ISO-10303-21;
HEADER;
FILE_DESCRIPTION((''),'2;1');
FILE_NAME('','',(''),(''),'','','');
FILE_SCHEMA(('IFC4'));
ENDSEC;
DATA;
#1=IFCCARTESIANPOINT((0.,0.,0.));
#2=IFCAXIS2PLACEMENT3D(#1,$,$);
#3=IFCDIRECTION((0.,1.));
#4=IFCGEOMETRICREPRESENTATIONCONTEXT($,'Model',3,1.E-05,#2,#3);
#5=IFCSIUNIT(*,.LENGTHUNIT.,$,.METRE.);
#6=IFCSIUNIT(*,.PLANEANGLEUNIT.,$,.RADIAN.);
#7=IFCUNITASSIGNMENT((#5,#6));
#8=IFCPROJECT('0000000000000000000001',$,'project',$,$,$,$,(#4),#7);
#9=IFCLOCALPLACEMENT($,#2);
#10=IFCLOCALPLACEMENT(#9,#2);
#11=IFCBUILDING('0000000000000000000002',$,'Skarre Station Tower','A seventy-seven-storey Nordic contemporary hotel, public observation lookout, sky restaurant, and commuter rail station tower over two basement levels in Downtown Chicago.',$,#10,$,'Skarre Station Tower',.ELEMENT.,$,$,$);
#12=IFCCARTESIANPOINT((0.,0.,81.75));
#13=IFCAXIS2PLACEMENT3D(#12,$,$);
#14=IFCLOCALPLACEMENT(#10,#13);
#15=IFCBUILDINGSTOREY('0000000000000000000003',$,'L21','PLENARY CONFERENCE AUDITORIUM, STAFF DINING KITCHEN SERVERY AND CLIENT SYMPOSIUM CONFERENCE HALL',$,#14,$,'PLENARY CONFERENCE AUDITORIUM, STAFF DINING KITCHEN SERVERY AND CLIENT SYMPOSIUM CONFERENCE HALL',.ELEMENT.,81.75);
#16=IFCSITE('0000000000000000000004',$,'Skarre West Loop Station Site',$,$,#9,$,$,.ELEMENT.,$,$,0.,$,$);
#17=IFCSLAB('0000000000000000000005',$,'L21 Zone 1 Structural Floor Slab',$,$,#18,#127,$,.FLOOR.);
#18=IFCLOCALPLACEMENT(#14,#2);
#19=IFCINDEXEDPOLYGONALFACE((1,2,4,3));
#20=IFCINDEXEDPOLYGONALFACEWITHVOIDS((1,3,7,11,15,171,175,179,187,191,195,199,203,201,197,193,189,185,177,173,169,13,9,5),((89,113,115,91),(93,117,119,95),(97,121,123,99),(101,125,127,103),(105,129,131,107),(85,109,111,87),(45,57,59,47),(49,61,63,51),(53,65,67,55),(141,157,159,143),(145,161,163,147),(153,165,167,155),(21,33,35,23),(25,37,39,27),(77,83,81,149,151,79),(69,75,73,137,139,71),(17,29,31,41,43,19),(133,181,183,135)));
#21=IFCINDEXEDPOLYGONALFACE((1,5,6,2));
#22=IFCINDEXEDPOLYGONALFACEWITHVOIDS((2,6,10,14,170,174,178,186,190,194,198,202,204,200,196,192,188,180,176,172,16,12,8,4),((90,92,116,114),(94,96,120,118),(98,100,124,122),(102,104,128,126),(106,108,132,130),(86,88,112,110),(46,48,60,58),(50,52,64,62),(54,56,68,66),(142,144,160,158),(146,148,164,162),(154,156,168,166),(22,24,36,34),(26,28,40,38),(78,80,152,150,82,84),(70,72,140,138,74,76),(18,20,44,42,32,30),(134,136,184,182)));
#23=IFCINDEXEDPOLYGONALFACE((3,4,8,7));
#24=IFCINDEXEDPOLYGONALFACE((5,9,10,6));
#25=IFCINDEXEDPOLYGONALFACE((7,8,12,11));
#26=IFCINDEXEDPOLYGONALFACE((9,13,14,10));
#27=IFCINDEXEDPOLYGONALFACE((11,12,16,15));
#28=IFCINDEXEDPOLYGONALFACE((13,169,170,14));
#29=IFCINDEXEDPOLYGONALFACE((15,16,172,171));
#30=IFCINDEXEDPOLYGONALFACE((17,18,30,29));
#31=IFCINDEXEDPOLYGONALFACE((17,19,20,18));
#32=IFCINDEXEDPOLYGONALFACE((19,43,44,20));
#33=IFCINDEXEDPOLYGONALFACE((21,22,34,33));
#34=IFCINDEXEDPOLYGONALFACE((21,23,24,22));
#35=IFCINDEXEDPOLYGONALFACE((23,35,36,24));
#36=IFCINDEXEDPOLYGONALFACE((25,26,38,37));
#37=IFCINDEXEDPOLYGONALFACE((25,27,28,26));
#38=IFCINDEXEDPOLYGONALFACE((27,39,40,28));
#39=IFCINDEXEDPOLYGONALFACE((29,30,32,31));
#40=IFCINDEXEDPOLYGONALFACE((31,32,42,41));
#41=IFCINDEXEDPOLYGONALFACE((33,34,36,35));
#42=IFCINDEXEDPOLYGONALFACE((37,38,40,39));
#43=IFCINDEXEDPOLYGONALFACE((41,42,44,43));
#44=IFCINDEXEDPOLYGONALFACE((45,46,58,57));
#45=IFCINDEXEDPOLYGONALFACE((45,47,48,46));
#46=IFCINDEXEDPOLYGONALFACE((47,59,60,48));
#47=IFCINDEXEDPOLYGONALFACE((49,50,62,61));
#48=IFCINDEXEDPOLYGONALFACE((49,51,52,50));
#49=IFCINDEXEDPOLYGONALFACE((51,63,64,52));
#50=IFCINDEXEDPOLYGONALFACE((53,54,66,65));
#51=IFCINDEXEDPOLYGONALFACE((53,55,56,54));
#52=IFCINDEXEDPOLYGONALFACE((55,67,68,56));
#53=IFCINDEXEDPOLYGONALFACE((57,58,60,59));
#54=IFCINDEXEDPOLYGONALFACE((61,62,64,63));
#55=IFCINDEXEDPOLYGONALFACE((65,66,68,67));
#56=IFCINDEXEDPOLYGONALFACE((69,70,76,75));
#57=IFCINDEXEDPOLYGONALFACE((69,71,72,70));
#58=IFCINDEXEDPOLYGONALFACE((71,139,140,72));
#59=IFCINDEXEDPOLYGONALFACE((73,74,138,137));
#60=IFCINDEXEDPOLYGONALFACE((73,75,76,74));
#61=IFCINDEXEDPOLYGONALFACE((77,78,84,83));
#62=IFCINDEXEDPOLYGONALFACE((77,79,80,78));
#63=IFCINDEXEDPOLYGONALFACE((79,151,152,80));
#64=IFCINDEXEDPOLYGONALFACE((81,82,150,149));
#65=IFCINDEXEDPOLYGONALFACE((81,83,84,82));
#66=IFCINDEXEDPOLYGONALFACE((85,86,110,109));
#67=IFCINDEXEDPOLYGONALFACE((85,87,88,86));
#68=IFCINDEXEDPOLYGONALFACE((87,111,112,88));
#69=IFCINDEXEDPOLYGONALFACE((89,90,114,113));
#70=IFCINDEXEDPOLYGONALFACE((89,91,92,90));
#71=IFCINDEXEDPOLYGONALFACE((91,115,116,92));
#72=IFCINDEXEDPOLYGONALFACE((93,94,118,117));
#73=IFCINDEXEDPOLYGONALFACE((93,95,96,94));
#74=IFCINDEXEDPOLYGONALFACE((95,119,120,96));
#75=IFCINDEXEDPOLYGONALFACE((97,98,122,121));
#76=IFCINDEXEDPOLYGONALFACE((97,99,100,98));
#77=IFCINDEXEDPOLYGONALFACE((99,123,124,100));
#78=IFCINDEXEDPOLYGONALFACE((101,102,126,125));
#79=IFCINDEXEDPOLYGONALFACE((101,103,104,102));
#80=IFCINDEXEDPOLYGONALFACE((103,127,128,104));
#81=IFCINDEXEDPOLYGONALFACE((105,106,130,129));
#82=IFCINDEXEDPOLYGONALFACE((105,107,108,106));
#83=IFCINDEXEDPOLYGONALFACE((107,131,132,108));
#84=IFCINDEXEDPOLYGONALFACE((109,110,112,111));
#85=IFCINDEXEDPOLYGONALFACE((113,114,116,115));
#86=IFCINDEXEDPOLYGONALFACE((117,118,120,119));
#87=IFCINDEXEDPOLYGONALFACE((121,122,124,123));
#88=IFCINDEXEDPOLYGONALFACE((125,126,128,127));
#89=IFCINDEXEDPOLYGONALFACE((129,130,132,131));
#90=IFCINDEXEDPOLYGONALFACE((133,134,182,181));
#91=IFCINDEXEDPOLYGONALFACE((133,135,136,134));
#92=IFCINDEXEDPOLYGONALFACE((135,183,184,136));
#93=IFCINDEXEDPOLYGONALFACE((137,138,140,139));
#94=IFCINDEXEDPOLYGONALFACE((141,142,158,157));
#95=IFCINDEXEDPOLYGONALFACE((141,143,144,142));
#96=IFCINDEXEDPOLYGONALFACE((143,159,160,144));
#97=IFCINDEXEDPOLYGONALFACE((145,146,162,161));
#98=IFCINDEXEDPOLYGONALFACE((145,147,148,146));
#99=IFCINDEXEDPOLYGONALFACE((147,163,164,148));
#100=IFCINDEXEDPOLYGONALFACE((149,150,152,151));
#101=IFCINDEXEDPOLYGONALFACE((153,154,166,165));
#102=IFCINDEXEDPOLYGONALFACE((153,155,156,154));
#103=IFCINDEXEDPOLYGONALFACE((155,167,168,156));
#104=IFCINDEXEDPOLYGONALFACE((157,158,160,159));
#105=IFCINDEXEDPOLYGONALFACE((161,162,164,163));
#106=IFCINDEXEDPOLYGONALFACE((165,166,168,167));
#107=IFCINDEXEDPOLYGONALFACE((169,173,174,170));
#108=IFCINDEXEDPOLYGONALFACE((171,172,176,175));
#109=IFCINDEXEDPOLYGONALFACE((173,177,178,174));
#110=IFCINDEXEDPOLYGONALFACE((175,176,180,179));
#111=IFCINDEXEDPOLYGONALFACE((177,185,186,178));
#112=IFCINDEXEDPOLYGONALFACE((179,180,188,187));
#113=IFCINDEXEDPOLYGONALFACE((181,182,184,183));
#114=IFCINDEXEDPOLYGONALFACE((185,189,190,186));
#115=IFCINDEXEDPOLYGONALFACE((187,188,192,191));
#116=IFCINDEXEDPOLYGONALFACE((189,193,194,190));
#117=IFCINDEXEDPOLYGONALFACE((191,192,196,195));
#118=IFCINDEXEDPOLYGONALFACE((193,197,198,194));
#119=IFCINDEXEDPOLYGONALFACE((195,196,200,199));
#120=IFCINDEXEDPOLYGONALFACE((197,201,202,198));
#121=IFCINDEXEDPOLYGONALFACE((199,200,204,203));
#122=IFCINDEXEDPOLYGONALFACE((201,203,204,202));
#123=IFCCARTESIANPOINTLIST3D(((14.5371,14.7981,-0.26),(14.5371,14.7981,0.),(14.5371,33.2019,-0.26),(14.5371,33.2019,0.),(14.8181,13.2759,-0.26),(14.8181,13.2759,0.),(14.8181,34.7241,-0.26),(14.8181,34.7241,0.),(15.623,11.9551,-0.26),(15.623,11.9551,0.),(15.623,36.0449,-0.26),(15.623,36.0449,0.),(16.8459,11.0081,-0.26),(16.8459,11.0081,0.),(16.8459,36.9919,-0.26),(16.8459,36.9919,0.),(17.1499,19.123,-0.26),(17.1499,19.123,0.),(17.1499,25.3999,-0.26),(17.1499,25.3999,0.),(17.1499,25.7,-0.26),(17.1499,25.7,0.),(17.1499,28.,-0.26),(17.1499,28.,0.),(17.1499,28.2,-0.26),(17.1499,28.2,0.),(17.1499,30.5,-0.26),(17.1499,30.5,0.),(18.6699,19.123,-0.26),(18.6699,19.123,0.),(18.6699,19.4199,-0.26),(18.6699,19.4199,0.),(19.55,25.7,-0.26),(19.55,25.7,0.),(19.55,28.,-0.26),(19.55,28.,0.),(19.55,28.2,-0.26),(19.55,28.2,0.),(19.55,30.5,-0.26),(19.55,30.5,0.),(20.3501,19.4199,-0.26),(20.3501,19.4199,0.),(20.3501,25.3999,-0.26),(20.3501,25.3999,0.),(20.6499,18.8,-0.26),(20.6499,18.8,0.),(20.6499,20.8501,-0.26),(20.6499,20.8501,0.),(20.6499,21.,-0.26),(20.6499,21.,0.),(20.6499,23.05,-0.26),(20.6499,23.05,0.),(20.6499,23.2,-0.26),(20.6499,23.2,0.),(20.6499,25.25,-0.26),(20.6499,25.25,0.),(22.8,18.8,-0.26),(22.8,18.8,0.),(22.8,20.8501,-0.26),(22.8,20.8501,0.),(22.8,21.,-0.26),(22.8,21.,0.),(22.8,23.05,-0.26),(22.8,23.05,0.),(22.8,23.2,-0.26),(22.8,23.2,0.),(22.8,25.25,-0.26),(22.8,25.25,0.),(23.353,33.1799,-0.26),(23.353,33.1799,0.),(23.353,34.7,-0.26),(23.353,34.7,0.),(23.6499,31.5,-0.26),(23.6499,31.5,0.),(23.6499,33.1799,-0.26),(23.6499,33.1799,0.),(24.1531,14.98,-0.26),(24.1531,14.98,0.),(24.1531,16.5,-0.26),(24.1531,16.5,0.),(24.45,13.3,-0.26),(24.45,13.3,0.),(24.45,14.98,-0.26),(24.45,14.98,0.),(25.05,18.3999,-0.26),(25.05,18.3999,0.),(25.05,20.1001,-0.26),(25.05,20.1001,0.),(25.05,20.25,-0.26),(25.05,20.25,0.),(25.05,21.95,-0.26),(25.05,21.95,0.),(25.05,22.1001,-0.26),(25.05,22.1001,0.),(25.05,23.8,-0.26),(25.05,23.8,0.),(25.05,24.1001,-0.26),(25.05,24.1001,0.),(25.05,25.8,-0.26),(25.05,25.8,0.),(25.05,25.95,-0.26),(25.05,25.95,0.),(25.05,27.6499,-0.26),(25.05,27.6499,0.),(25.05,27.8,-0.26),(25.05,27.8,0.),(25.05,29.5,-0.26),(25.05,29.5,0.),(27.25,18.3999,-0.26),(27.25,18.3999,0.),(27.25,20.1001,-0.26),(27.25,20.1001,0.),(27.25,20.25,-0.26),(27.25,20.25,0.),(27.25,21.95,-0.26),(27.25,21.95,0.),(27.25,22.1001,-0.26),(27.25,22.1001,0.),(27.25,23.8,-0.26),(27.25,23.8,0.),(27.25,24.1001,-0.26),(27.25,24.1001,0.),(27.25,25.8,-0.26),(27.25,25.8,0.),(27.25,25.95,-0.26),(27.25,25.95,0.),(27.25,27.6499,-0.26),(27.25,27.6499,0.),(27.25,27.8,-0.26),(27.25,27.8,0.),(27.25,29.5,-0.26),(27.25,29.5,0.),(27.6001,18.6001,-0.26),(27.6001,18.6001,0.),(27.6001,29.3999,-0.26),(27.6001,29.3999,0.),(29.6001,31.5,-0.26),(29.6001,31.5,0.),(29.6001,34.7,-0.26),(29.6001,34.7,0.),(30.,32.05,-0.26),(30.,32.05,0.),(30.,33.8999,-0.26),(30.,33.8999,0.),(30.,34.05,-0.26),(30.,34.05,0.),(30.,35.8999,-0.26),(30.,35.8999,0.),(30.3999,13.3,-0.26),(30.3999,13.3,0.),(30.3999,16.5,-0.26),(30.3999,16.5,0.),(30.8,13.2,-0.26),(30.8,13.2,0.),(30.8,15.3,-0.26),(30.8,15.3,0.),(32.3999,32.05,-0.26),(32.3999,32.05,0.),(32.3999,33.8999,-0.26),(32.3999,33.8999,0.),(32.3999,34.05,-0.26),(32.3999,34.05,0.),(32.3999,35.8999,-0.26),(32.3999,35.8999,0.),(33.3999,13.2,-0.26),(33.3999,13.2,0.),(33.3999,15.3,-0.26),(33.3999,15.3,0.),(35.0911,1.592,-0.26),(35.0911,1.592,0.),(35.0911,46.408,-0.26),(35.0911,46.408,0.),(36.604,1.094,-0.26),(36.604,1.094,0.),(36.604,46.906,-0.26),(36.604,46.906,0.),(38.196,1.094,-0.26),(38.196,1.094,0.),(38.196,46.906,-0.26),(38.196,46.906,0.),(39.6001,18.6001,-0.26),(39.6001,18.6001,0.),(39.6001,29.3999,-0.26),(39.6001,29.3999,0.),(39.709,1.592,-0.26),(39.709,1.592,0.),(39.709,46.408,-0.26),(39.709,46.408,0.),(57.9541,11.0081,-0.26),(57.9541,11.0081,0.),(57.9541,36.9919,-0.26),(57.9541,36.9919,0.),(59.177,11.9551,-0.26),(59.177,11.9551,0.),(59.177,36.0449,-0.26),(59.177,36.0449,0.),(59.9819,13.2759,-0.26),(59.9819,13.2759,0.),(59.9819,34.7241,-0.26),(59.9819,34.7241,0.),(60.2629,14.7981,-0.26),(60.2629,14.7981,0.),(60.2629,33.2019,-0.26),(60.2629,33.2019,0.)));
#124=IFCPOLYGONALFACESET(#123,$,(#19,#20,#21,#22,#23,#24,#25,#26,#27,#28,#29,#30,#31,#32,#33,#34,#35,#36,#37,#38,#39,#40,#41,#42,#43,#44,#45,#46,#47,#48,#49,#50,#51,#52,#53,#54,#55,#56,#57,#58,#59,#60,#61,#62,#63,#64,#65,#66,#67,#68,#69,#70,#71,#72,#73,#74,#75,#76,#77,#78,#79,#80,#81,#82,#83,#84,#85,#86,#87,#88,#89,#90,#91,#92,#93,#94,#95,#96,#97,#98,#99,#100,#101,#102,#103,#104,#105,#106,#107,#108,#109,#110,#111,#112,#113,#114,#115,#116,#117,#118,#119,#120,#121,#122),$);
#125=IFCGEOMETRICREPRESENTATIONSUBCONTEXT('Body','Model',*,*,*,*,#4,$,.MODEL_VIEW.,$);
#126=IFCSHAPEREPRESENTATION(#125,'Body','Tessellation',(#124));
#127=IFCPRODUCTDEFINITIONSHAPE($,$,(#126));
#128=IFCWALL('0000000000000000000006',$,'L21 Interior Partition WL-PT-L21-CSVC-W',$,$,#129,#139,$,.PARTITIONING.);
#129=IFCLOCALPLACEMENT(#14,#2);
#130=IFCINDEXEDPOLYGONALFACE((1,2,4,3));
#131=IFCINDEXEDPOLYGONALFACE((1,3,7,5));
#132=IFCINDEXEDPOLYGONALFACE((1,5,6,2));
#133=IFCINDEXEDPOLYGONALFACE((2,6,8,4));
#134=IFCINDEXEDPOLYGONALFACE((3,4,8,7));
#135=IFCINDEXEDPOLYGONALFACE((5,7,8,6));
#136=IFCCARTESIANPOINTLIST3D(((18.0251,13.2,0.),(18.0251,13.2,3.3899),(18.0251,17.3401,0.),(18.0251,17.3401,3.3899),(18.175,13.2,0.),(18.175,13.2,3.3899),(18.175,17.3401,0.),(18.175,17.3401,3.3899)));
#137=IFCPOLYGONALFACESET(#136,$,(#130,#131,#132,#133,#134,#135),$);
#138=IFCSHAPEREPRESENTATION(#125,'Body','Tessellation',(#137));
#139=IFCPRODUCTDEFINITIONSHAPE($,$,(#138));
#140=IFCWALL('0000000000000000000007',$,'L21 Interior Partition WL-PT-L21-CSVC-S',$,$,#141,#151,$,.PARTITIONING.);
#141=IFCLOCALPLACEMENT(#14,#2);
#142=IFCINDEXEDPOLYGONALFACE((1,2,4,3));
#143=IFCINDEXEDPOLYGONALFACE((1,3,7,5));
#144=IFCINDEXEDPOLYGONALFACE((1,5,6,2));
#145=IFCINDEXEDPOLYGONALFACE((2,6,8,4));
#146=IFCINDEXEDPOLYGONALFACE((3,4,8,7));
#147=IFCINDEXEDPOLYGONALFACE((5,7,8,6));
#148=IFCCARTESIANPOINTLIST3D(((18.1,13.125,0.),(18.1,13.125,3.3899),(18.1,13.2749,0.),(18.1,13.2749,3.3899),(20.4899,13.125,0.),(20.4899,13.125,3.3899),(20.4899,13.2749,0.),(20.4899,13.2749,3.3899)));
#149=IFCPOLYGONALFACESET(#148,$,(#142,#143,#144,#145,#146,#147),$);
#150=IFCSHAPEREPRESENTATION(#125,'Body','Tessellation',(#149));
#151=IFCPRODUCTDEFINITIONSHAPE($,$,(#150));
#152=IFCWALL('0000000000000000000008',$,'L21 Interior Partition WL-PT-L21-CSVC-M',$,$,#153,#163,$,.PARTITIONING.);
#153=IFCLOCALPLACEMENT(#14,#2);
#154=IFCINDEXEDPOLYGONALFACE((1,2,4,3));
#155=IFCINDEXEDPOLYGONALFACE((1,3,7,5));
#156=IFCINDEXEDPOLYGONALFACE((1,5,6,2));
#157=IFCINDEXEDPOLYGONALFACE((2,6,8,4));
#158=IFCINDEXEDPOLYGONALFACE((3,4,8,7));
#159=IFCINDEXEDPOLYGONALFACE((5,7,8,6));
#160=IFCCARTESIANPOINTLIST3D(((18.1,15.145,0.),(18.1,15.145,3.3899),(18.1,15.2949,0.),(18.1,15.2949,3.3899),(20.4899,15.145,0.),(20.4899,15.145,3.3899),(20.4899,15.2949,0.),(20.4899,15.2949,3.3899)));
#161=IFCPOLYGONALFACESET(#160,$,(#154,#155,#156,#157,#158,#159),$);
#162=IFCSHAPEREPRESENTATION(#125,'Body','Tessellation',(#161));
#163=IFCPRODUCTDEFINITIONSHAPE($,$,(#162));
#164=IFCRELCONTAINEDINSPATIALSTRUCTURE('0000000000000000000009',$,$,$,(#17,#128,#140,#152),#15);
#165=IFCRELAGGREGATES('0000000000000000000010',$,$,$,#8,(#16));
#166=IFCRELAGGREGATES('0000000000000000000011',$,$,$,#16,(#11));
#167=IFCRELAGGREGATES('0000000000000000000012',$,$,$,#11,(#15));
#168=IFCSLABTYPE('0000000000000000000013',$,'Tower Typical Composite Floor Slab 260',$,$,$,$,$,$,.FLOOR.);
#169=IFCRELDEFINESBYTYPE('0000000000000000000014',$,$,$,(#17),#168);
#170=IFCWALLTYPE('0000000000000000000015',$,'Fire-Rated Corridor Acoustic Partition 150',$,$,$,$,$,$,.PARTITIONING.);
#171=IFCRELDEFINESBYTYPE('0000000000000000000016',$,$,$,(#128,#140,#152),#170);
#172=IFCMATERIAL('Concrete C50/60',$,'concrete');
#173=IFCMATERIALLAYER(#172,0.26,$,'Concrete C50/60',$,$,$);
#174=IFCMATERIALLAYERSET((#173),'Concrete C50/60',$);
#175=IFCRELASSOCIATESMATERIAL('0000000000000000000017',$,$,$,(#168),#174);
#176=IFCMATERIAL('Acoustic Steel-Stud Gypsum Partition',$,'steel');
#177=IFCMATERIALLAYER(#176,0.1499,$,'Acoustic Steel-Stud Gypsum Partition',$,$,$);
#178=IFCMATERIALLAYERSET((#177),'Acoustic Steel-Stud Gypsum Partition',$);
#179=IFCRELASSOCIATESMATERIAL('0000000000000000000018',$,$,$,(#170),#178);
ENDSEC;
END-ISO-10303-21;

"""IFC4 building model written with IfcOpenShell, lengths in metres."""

from ifc_helpers import new_model, si_unit, direction, frame, frame_2d, origin, place, context, subcontext, project, spatial, polyline, rectangle, outline, extrude, material, layer, layer_set, type_object, element, save


model = new_model("IFC4")

# Units and contexts
model_context = context("Model", 3, precision=1e-05, world=origin(), true_north=direction((0.0, 1.0)))
body_context = subcontext(model_context, "Body", "Model", "MODEL_VIEW")
ifc_project = project(units=[si_unit("LENGTHUNIT", "METRE"), si_unit("PLANEANGLEUNIT", "RADIAN")], contexts=[model_context])

# Site, building, storey
site_placement = place(None, origin())
site = spatial("IfcSite", under=ifc_project, at=site_placement, Name="Skarre West Loop Station Site", CompositionType="ELEMENT", RefElevation=0.0)
building_placement = place(site_placement, origin())
building = spatial("IfcBuilding", under=site, at=building_placement, Name="Skarre Station Tower", Description="A seventy-seven-storey Nordic contemporary hotel, public observation lookout, sky restaurant, and commuter rail station tower over two basement levels in Downtown Chicago.", LongName="Skarre Station Tower", CompositionType="ELEMENT")
storey_placement = place(building_placement, frame((0.0, 0.0, 81.75)))
storey = spatial("IfcBuildingStorey", under=building, at=storey_placement, Name="L21", Description="PLENARY CONFERENCE AUDITORIUM, STAFF DINING KITCHEN SERVERY AND CLIENT SYMPOSIUM CONFERENCE HALL", LongName="PLENARY CONFERENCE AUDITORIUM, STAFF DINING KITCHEN SERVERY AND CLIENT SYMPOSIUM CONFERENCE HALL", CompositionType="ELEMENT", Elevation=81.75)

# Slab
ifc_material_1 = material(Name="Concrete C50/60", Category="concrete")
ifc_layer_1 = layer(ifc_material_1, 0.26, Name="Concrete C50/60")
ifc_layer_set_1 = layer_set([ifc_layer_1], Name="Concrete C50/60")
slab_type_1 = type_object("IfcSlabType", Name="Tower Typical Composite Floor Slab 260", PredefinedType="FLOOR", material=ifc_layer_set_1)
slab_1_placement = place(storey_placement, frame((0.0, 0.0, -0.26)))
element("IfcSlab", 1, at=slab_1_placement, inside=storey, type_object=slab_type_1, Name="L21 Zone 1 Structural Floor Slab", PredefinedType="FLOOR", context=body_context, shape_type="SweptSolid", body=[
    extrude(outline(polyline([(60.2629, 33.2019), (59.9819, 34.7241), (59.177, 36.0449), (57.9541, 36.9919), (39.709, 46.408), (38.196, 46.906), (36.604, 46.906), (35.0911, 46.408), (16.8459, 36.9919), (15.623, 36.0449), (14.8181, 34.7241), (14.5371, 33.2019), (14.5371, 14.7981), (14.8181, 13.2759), (15.623, 11.9551), (16.8459, 11.0081), (35.0911, 1.592), (36.604, 1.094), (38.196, 1.094), (39.709, 1.592), (57.9541, 11.0081), (59.177, 11.9551), (59.9819, 13.2759), (60.2629, 14.7981), (60.2629, 33.2019)]), holes=[polyline([(18.6699, 19.4199), (18.6699, 19.123), (17.1499, 19.123), (17.1499, 25.3999), (20.3501, 25.3999), (20.3501, 19.4199), (18.6699, 19.4199)]), polyline([(24.45, 14.98), (24.1531, 14.98), (24.1531, 16.5), (30.3999, 16.5), (30.3999, 13.3), (24.45, 13.3), (24.45, 14.98)]), polyline([(23.6499, 33.1799), (23.353, 33.1799), (23.353, 34.7), (29.6001, 34.7), (29.6001, 31.5), (23.6499, 31.5), (23.6499, 33.1799)]), polyline([(17.1499, 28.0), (19.55, 28.0), (19.55, 25.7), (17.1499, 25.7), (17.1499, 28.0)]), polyline([(17.1499, 30.5), (19.55, 30.5), (19.55, 28.2), (17.1499, 28.2), (17.1499, 30.5)]), polyline([(30.8, 15.3), (33.3999, 15.3), (33.3999, 13.2), (30.8, 13.2), (30.8, 15.3)]), polyline([(25.05, 20.1001), (27.25, 20.1001), (27.25, 18.3999), (25.05, 18.3999), (25.05, 20.1001)]), polyline([(25.05, 21.95), (27.25, 21.95), (27.25, 20.25), (25.05, 20.25), (25.05, 21.95)]), polyline([(25.05, 23.8), (27.25, 23.8), (27.25, 22.1001), (25.05, 22.1001), (25.05, 23.8)]), polyline([(25.05, 25.8), (27.25, 25.8), (27.25, 24.1001), (25.05, 24.1001), (25.05, 25.8)]), polyline([(25.05, 27.6499), (27.25, 27.6499), (27.25, 25.95), (25.05, 25.95), (25.05, 27.6499)]), polyline([(25.05, 29.5), (27.25, 29.5), (27.25, 27.8), (25.05, 27.8), (25.05, 29.5)]), polyline([(20.6499, 20.8501), (22.8, 20.8501), (22.8, 18.8), (20.6499, 18.8), (20.6499, 20.8501)]), polyline([(20.6499, 23.05), (22.8, 23.05), (22.8, 21.0), (20.6499, 21.0), (20.6499, 23.05)]), polyline([(20.6499, 25.25), (22.8, 25.25), (22.8, 23.2), (20.6499, 23.2), (20.6499, 25.25)]), polyline([(30.0, 33.8999), (32.3999, 33.8999), (32.3999, 32.05), (30.0, 32.05), (30.0, 33.8999)]), polyline([(30.0, 35.8999), (32.3999, 35.8999), (32.3999, 34.05), (30.0, 34.05), (30.0, 35.8999)]), polyline([(27.6001, 29.3999), (39.6001, 29.3999), (39.6001, 18.6001), (27.6001, 18.6001), (27.6001, 29.3999)])]), origin(), (0.0, 0.0, 1.0), 0.26),
])

# Walls
ifc_material_2 = material(Name="Acoustic Steel-Stud Gypsum Partition", Category="steel")
ifc_layer_2 = layer(ifc_material_2, 0.1499, Name="Acoustic Steel-Stud Gypsum Partition")
ifc_layer_set_2 = layer_set([ifc_layer_2], Name="Acoustic Steel-Stud Gypsum Partition")
wall_type_1 = type_object("IfcWallType", Name="Fire-Rated Corridor Acoustic Partition 150", PredefinedType="PARTITIONING", material=ifc_layer_set_2)
wall_1_placement = place(storey_placement, frame((18.1001, 17.3401, 0.0), z_axis=(0.0, 0.0, 1.0), x_axis=(0.0, -1.0, 0.0)))
element("IfcWall", 2, at=wall_1_placement, inside=storey, type_object=wall_type_1, Name="L21 Interior Partition WL-PT-L21-CSVC-W", PredefinedType="PARTITIONING", context=body_context, shape_type="SweptSolid", body=[
    extrude(rectangle(XDim=4.1401, YDim=0.1499, at=frame_2d((2.0701, 0.0))), origin(), (0.0, 0.0, 1.0), 3.3899),
])
for number, where, z_axis, x_axis, name in (
    (3, (18.1001, 13.2, 0.0), (0.0, 0.0, 1.0), (1.0, 0.0, 0.0), "L21 Interior Partition WL-PT-L21-CSVC-S"),
    (4, (18.1001, 15.22, 0.0), (0.0, 0.0, 1.0), (1.0, 0.0, 0.0), "L21 Interior Partition WL-PT-L21-CSVC-M"),
):
    element("IfcWall", number, at=place(storey_placement, frame(where, z_axis=z_axis, x_axis=x_axis)), inside=storey, type_object=wall_type_1, Name=name, PredefinedType="PARTITIONING", context=body_context, shape_type="SweptSolid", body=[
        extrude(rectangle(XDim=2.3899, YDim=0.1499, at=frame_2d((1.1948, 0.0))), origin(), (0.0, 0.0, 1.0), 3.3899),
    ])

save(model, "model.ifc")
